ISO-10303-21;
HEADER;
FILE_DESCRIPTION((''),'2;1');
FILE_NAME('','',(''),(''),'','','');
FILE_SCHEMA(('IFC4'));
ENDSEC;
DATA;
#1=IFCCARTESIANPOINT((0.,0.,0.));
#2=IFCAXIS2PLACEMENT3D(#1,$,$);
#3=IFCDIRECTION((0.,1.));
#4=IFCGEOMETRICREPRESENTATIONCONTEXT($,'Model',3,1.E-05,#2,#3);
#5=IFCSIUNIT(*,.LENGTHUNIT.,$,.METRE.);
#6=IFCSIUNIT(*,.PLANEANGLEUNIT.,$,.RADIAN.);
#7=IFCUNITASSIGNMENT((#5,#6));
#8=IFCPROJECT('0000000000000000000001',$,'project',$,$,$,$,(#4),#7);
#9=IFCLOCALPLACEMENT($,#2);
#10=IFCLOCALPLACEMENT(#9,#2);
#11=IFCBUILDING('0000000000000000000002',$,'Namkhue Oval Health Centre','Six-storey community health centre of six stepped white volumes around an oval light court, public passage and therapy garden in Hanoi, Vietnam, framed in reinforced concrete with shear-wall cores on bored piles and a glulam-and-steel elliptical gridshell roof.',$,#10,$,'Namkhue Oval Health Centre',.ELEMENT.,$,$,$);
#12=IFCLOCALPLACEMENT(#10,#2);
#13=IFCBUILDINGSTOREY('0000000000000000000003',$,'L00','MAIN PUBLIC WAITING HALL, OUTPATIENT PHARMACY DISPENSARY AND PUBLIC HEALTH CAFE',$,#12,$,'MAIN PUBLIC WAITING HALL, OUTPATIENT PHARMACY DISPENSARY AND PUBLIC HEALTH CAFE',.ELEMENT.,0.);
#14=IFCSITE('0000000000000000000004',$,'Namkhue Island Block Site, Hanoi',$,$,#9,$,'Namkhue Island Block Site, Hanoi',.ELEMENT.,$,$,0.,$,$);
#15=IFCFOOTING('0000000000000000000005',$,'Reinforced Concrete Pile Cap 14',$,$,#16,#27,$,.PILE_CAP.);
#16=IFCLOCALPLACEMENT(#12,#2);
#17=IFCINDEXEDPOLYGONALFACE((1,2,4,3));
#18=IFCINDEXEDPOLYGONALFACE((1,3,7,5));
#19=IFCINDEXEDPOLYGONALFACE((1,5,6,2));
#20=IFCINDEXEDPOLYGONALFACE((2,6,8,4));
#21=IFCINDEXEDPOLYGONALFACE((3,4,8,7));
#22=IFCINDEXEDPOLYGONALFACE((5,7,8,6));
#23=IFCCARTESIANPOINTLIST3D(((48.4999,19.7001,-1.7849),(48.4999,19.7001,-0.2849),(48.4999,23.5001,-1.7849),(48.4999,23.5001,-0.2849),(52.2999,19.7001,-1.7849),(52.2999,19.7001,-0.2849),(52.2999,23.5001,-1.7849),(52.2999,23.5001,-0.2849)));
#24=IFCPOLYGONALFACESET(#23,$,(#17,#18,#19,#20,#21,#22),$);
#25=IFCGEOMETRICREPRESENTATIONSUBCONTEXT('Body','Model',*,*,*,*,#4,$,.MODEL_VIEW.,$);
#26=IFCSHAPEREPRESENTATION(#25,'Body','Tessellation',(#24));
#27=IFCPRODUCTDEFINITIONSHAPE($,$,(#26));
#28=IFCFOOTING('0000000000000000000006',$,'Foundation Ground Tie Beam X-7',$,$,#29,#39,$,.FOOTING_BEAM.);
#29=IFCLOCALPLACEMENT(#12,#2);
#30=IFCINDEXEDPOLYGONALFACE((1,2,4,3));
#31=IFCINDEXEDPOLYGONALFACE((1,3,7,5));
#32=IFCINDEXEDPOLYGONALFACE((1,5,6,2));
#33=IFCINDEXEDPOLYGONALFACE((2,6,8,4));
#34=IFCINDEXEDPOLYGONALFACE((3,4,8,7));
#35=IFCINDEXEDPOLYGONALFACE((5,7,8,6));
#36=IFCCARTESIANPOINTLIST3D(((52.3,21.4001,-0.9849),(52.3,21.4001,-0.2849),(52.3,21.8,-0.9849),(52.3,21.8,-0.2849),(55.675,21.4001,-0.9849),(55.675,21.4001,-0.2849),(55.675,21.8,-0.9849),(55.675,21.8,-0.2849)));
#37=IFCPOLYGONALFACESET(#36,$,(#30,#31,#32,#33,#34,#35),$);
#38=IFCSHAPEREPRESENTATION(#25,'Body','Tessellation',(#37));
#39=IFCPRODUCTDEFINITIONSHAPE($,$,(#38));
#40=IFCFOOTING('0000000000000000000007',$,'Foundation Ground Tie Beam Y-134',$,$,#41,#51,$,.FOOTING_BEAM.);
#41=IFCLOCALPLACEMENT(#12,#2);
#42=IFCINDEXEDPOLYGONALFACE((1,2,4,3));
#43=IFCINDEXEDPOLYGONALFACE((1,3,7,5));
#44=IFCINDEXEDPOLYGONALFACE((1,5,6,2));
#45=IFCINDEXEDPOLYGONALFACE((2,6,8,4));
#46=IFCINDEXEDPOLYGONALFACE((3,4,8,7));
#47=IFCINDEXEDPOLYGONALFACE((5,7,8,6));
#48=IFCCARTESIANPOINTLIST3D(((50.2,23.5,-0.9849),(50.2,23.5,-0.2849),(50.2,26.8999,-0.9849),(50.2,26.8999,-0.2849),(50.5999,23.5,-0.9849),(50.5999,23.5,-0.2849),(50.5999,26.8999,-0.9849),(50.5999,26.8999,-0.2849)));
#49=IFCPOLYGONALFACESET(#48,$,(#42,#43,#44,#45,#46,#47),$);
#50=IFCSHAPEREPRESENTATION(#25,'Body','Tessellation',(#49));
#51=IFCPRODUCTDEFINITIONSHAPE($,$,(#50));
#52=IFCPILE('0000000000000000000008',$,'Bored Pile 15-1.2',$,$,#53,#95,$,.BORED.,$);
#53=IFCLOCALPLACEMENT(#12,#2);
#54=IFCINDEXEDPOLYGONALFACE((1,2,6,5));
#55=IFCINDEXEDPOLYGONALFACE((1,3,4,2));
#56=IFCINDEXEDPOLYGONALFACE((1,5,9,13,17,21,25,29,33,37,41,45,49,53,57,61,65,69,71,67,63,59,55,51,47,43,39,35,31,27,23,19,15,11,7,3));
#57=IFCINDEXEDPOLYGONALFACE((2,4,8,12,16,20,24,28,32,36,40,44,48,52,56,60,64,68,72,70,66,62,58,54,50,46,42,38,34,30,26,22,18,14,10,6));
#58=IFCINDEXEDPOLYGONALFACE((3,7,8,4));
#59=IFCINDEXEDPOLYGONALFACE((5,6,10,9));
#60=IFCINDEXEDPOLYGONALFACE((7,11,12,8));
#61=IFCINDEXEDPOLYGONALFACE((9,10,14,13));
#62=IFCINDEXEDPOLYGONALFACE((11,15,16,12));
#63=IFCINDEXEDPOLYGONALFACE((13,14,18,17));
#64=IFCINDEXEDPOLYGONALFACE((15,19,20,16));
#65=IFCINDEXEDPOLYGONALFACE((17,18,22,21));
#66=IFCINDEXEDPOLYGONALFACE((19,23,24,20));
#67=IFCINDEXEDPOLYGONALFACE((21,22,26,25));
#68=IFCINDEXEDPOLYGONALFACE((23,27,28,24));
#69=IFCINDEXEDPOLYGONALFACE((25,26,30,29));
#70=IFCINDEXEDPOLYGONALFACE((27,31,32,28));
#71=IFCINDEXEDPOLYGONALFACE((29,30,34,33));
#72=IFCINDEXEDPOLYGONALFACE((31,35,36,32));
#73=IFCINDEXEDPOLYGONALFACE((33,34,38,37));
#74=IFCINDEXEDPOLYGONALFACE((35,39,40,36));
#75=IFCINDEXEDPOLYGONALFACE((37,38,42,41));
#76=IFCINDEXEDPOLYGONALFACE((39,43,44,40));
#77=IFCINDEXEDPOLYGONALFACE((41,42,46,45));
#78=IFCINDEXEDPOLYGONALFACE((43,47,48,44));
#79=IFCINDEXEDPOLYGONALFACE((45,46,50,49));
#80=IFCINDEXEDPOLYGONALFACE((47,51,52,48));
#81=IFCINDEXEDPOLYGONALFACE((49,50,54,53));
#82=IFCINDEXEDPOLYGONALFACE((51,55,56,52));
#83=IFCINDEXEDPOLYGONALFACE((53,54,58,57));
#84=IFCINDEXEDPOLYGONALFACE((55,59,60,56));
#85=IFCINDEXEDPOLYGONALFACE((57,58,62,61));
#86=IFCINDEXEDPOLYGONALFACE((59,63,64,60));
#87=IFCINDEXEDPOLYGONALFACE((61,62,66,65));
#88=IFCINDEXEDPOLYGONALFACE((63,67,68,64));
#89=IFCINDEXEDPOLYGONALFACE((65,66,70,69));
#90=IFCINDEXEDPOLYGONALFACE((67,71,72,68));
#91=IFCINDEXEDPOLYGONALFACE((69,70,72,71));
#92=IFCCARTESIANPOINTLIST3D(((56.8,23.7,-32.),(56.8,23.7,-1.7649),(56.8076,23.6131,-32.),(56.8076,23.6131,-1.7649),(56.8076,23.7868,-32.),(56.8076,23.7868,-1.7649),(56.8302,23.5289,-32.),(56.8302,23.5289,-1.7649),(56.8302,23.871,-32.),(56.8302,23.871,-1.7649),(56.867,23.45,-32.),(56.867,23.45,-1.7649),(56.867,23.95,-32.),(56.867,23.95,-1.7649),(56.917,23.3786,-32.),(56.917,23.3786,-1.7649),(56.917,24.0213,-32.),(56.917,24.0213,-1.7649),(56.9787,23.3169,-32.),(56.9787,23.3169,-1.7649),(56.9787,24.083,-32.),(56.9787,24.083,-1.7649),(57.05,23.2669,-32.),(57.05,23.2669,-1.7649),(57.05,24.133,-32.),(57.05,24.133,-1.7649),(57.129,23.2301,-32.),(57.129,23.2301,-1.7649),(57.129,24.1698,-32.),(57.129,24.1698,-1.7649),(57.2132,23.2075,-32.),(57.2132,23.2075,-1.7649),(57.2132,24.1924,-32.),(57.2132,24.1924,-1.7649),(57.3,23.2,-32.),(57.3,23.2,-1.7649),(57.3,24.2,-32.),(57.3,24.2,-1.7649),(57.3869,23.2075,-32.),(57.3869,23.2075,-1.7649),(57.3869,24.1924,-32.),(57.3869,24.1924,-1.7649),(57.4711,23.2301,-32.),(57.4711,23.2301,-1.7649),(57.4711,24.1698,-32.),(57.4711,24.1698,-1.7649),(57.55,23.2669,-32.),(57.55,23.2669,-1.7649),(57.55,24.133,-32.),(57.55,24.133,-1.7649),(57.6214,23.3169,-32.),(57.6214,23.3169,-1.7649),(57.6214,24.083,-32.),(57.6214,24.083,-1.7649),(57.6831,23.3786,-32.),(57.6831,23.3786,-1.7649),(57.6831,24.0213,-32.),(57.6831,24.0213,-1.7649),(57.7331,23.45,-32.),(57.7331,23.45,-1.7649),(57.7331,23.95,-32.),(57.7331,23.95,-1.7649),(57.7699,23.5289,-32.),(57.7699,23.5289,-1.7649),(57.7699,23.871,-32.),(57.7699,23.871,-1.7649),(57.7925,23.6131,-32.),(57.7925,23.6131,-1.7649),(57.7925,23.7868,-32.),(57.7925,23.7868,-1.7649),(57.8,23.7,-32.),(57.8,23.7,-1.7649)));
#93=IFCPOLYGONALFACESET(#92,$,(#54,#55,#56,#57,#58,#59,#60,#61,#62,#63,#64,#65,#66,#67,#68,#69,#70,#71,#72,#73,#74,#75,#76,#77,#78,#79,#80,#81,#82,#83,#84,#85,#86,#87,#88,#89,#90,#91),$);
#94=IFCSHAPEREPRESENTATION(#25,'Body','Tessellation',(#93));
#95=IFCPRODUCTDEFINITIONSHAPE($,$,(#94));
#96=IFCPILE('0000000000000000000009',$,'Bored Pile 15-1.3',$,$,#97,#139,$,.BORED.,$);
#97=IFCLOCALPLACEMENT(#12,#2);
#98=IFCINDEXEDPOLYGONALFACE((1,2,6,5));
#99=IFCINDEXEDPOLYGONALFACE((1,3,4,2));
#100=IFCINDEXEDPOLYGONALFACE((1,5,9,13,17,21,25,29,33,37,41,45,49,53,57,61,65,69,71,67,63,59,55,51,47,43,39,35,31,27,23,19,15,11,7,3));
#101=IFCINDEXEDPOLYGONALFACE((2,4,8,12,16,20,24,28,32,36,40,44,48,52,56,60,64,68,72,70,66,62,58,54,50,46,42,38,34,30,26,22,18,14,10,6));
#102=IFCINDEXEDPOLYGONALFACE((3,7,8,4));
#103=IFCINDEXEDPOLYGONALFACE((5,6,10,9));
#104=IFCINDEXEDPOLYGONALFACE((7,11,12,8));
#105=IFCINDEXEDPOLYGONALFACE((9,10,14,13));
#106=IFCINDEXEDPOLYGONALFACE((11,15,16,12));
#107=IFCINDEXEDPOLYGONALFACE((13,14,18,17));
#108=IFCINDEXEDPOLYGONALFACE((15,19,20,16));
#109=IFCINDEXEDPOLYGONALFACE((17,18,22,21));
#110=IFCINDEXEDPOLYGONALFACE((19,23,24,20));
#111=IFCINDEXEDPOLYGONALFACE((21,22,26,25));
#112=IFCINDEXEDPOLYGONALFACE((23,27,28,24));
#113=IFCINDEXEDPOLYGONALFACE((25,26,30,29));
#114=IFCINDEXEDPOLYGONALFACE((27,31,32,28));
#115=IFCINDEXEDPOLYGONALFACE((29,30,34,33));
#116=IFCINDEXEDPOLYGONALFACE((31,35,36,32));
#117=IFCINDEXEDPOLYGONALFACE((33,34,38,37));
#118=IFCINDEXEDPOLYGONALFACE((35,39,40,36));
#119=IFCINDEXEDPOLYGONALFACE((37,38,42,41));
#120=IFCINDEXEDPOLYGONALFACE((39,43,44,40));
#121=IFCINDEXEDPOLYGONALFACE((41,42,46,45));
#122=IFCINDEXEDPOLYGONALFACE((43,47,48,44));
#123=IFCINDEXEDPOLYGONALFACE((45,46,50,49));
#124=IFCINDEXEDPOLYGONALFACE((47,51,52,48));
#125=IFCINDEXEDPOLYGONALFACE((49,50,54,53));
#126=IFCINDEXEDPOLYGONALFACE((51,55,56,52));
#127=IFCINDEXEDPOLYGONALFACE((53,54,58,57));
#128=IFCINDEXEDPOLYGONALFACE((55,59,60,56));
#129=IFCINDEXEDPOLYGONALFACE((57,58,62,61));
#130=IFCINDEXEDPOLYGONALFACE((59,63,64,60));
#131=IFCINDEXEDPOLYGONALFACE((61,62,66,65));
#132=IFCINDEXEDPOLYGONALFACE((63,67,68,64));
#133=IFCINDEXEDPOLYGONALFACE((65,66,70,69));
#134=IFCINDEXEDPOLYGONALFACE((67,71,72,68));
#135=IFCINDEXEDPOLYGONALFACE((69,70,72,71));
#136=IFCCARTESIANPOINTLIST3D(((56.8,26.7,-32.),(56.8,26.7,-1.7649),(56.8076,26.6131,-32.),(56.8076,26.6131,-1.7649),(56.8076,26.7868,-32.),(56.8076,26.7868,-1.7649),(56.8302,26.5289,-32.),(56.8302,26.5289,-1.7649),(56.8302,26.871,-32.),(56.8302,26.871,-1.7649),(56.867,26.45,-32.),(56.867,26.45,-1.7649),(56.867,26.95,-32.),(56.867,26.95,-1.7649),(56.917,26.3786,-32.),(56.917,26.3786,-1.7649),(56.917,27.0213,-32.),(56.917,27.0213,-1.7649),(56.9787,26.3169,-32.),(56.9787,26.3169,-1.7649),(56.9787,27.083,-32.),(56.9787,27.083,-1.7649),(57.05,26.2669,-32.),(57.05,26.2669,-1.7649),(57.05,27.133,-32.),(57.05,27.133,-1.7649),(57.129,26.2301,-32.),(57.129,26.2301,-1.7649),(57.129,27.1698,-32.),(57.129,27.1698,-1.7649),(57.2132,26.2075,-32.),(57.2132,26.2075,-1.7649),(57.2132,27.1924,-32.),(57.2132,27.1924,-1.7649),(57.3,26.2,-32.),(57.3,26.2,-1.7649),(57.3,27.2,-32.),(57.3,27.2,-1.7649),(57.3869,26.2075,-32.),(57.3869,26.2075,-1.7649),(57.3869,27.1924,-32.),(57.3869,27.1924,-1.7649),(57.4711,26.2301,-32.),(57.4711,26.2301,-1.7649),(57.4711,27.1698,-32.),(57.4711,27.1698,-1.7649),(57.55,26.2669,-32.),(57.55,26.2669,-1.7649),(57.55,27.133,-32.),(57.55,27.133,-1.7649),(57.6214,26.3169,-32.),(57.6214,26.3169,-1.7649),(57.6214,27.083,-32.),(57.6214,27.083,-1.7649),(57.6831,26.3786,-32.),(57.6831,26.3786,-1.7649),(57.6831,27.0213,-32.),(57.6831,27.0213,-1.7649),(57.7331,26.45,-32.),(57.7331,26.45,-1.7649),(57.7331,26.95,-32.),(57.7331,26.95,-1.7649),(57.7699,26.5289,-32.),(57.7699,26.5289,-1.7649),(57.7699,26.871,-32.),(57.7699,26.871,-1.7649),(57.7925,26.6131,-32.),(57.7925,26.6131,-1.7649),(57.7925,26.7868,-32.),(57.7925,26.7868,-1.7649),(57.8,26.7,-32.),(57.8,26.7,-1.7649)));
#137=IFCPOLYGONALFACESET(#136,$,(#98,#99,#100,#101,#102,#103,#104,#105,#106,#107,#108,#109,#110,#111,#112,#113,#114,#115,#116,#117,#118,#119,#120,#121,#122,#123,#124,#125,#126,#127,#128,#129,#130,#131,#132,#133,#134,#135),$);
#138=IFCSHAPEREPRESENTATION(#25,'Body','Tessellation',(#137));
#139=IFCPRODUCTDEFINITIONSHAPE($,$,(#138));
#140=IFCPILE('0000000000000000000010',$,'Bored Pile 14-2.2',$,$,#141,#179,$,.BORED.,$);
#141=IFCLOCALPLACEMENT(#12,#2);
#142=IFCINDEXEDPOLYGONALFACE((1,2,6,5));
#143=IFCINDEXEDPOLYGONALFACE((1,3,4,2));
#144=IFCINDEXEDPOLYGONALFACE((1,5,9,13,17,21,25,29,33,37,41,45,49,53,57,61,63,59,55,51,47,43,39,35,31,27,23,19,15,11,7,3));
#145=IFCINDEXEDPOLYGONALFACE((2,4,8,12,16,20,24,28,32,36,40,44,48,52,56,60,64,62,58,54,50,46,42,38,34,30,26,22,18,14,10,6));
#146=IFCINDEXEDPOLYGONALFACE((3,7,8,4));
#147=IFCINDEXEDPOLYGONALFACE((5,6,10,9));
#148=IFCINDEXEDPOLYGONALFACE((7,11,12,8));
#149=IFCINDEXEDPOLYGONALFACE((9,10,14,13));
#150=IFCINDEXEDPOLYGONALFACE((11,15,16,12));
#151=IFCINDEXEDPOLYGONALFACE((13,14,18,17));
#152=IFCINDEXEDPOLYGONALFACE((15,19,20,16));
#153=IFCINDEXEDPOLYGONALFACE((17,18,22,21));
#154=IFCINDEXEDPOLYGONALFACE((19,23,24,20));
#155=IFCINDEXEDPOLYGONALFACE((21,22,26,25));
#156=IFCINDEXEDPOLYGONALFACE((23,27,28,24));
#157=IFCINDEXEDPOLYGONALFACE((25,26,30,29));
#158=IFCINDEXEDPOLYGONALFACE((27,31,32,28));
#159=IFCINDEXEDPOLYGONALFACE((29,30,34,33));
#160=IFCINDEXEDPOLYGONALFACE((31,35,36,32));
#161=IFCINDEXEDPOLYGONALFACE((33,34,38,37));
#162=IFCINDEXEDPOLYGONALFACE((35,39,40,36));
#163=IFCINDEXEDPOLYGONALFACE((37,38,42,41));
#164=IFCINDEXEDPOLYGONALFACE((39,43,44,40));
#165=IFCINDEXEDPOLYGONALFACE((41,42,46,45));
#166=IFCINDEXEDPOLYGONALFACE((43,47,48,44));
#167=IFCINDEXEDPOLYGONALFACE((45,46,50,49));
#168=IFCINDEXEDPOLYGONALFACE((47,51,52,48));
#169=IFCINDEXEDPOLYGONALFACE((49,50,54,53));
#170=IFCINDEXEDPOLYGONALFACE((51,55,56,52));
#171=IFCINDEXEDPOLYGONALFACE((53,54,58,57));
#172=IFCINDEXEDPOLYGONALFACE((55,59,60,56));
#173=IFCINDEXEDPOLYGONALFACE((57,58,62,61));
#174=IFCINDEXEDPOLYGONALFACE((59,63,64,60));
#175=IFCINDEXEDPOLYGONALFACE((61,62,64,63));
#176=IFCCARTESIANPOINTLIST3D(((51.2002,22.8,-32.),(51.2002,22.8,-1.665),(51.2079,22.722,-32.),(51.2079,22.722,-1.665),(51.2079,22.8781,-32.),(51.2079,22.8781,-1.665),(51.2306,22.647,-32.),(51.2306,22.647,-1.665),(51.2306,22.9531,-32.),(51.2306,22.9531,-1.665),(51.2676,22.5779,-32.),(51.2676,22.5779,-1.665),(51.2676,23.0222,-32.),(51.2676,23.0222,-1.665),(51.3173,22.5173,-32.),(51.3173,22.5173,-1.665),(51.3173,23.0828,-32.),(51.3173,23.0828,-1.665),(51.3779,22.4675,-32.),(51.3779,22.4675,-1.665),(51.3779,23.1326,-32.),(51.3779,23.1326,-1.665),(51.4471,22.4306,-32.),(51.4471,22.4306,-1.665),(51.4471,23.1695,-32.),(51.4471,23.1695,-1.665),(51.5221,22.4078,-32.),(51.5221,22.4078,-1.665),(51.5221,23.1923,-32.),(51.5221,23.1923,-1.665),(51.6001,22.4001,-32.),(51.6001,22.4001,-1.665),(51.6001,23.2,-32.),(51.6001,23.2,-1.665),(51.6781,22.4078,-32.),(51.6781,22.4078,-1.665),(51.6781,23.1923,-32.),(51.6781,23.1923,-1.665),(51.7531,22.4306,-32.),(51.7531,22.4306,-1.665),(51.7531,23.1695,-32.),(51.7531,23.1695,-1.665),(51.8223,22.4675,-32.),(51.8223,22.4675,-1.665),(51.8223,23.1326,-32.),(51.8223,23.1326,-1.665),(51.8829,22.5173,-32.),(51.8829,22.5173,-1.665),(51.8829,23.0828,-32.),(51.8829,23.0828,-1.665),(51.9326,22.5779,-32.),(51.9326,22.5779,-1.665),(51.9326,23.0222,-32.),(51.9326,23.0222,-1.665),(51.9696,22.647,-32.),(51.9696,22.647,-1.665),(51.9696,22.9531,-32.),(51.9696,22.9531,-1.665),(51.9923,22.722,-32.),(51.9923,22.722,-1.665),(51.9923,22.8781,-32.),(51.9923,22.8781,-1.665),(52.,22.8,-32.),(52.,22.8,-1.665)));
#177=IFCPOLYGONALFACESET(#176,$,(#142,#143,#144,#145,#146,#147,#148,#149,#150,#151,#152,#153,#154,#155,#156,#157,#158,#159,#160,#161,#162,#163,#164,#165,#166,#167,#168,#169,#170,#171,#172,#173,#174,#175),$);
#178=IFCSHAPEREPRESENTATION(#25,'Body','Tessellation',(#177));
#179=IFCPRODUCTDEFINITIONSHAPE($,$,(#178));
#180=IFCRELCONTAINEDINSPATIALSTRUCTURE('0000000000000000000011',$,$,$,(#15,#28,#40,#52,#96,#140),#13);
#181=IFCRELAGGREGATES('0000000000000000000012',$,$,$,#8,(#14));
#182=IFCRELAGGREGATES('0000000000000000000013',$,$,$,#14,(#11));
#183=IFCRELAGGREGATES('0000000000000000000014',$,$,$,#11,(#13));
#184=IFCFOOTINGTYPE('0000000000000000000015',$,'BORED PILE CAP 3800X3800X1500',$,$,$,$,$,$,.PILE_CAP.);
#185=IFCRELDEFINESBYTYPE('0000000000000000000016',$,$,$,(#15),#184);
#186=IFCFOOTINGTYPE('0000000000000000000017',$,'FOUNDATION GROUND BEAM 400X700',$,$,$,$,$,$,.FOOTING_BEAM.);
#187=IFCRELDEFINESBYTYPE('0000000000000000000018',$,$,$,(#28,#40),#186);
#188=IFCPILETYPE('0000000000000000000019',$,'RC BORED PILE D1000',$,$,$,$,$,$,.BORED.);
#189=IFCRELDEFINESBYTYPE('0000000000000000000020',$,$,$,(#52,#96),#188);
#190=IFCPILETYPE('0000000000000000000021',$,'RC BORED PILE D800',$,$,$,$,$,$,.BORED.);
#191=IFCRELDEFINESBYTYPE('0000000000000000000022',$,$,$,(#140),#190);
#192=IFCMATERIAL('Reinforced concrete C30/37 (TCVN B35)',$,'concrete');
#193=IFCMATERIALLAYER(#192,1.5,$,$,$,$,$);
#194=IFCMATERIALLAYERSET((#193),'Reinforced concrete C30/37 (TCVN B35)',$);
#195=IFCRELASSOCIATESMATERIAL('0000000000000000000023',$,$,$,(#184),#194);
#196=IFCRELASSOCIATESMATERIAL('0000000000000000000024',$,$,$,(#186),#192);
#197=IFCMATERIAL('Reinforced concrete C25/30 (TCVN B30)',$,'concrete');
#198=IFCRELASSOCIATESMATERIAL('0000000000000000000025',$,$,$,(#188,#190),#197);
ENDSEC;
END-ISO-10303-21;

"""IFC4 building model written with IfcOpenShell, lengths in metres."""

from ifc_helpers import new_model, si_unit, direction, frame, origin, origin_2d, place, context, subcontext, project, spatial, rectangle, circle, extrude, material, layer, layer_set, material_profile, profile_set, type_object, element, save


model = new_model("IFC4")

# Units and contexts
model_context = context("Model", 3, precision=1e-05, world=origin(), true_north=direction((0.0, 1.0)))
body_context = subcontext(model_context, "Body", "Model", "MODEL_VIEW")
ifc_project = project(units=[si_unit("LENGTHUNIT", "METRE"), si_unit("PLANEANGLEUNIT", "RADIAN")], contexts=[model_context])

# Site, building, storey
site_placement = place(None, origin())
site = spatial("IfcSite", under=ifc_project, at=site_placement, Name="Namkhue Island Block Site, Hanoi", LongName="Namkhue Island Block Site, Hanoi", CompositionType="ELEMENT", RefElevation=0.0)
building_placement = place(site_placement, origin())
building = spatial("IfcBuilding", under=site, at=building_placement, Name="Namkhue Oval Health Centre", Description="Six-storey community health centre of six stepped white volumes around an oval light court, public passage and therapy garden in Hanoi, Vietnam, framed in reinforced concrete with shear-wall cores on bored piles and a glulam-and-steel elliptical gridshell roof.", LongName="Namkhue Oval Health Centre", CompositionType="ELEMENT")
storey_placement = place(building_placement, origin())
storey = spatial("IfcBuildingStorey", under=building, at=storey_placement, Name="L00", Description="MAIN PUBLIC WAITING HALL, OUTPATIENT PHARMACY DISPENSARY AND PUBLIC HEALTH CAFE", LongName="MAIN PUBLIC WAITING HALL, OUTPATIENT PHARMACY DISPENSARY AND PUBLIC HEALTH CAFE", CompositionType="ELEMENT", Elevation=0.0)

# Footings
ifc_material_1 = material(Name="Reinforced concrete C30/37 (TCVN B35)", Category="concrete")
ifc_layer_1 = layer(ifc_material_1, 1.5)
ifc_layer_set_1 = layer_set([ifc_layer_1], Name="Reinforced concrete C30/37 (TCVN B35)")
footing_type_1 = type_object("IfcFootingType", Name="BORED PILE CAP 3800X3800X1500", PredefinedType="PILE_CAP", material=ifc_layer_set_1)
footing_1_placement = place(storey_placement, frame((50.3999, 21.6001, -1.7849), z_axis=(0.0, 0.0, 1.0), x_axis=(1.0, 0.0, 0.0)))
element("IfcFooting", 1, at=footing_1_placement, inside=storey, type_object=footing_type_1, Name="Reinforced Concrete Pile Cap 14", PredefinedType="PILE_CAP", context=body_context, shape_type="SweptSolid", body=[
    extrude(rectangle(XDim=3.8, YDim=3.8, at=origin_2d()), origin(), (0.0, 0.0, 1.0), 1.5),
])
footing_type_2 = type_object("IfcFootingType", Name="FOUNDATION GROUND BEAM 400X700", PredefinedType="FOOTING_BEAM", material=ifc_material_1)
footing_2_placement = place(storey_placement, frame((53.9875, 21.6001, -0.9849), z_axis=(0.0, 0.0, 1.0), x_axis=(1.0, 0.0, 0.0)))
element("IfcFooting", 2, at=footing_2_placement, inside=storey, type_object=footing_type_2, Name="Foundation Ground Tie Beam X-7", PredefinedType="FOOTING_BEAM", context=body_context, shape_type="SweptSolid", body=[
    extrude(rectangle(XDim=3.375, YDim=0.3999, at=origin_2d()), origin(), (0.0, 0.0, 1.0), 0.7),
])
footing_3_placement = place(storey_placement, frame((50.3999, 25.2, -0.9849), z_axis=(0.0, 0.0, 1.0), x_axis=(0.0, 1.0, 0.0)))
element("IfcFooting", 3, at=footing_3_placement, inside=storey, type_object=footing_type_2, Name="Foundation Ground Tie Beam Y-134", PredefinedType="FOOTING_BEAM", context=body_context, shape_type="SweptSolid", body=[
    extrude(rectangle(XDim=3.3999, YDim=0.3999, at=origin_2d()), origin(), (0.0, 0.0, 1.0), 0.7),
])

# Piles
ifc_material_2 = material(Name="Reinforced concrete C25/30 (TCVN B30)", Category="concrete")
ifc_material_profile_1 = material_profile(ifc_material_2, circle(Radius=0.5, at=origin_2d()), Name="BORED PILE D1000")
ifc_profile_set_1 = profile_set([ifc_material_profile_1], Name="Reinforced concrete C25/30 (TCVN B30)")
pile_type_1 = type_object("IfcPileType", Name="RC BORED PILE D1000", PredefinedType="BORED", material=ifc_profile_set_1)
for number, where, z_axis, x_axis, name in (
    (4, (57.3, 23.7, -1.7649), (0.0, 0.0, -1.0), (1.0, 0.0, 0.0), "Bored Pile 15-1.2"),
    (5, (57.3, 26.7, -1.7649), (0.0, 0.0, -1.0), (1.0, 0.0, 0.0), "Bored Pile 15-1.3"),
):
    element("IfcPile", number, at=place(storey_placement, frame(where, z_axis=z_axis, x_axis=x_axis)), inside=storey, type_object=pile_type_1, Name=name, PredefinedType="BORED", context=body_context, shape_type="SweptSolid", body=[
        extrude(circle(Radius=0.5, at=origin_2d()), origin(), (0.0, 0.0, 1.0), 30.2351),
    ])
ifc_material_profile_2 = material_profile(ifc_material_2, circle(Radius=0.3999, at=origin_2d()), Name="BORED PILE D800")
ifc_profile_set_2 = profile_set([ifc_material_profile_2], Name="Reinforced concrete C25/30 (TCVN B30)")
pile_type_2 = type_object("IfcPileType", Name="RC BORED PILE D800", PredefinedType="BORED", material=ifc_profile_set_2)
for number, where, z_axis, x_axis, name in (
    (6, (51.6001, 22.8, -1.665), (0.0, 0.0, -1.0), (1.0, 0.0, 0.0), "Bored Pile 14-2.2"),
):
    element("IfcPile", number, at=place(storey_placement, frame(where, z_axis=z_axis, x_axis=x_axis)), inside=storey, type_object=pile_type_2, Name=name, PredefinedType="BORED", context=body_context, shape_type="SweptSolid", body=[
        extrude(circle(Radius=0.3999, at=origin_2d()), origin(), (0.0, 0.0, 1.0), 30.335),
    ])

save(model, "model.ifc")
